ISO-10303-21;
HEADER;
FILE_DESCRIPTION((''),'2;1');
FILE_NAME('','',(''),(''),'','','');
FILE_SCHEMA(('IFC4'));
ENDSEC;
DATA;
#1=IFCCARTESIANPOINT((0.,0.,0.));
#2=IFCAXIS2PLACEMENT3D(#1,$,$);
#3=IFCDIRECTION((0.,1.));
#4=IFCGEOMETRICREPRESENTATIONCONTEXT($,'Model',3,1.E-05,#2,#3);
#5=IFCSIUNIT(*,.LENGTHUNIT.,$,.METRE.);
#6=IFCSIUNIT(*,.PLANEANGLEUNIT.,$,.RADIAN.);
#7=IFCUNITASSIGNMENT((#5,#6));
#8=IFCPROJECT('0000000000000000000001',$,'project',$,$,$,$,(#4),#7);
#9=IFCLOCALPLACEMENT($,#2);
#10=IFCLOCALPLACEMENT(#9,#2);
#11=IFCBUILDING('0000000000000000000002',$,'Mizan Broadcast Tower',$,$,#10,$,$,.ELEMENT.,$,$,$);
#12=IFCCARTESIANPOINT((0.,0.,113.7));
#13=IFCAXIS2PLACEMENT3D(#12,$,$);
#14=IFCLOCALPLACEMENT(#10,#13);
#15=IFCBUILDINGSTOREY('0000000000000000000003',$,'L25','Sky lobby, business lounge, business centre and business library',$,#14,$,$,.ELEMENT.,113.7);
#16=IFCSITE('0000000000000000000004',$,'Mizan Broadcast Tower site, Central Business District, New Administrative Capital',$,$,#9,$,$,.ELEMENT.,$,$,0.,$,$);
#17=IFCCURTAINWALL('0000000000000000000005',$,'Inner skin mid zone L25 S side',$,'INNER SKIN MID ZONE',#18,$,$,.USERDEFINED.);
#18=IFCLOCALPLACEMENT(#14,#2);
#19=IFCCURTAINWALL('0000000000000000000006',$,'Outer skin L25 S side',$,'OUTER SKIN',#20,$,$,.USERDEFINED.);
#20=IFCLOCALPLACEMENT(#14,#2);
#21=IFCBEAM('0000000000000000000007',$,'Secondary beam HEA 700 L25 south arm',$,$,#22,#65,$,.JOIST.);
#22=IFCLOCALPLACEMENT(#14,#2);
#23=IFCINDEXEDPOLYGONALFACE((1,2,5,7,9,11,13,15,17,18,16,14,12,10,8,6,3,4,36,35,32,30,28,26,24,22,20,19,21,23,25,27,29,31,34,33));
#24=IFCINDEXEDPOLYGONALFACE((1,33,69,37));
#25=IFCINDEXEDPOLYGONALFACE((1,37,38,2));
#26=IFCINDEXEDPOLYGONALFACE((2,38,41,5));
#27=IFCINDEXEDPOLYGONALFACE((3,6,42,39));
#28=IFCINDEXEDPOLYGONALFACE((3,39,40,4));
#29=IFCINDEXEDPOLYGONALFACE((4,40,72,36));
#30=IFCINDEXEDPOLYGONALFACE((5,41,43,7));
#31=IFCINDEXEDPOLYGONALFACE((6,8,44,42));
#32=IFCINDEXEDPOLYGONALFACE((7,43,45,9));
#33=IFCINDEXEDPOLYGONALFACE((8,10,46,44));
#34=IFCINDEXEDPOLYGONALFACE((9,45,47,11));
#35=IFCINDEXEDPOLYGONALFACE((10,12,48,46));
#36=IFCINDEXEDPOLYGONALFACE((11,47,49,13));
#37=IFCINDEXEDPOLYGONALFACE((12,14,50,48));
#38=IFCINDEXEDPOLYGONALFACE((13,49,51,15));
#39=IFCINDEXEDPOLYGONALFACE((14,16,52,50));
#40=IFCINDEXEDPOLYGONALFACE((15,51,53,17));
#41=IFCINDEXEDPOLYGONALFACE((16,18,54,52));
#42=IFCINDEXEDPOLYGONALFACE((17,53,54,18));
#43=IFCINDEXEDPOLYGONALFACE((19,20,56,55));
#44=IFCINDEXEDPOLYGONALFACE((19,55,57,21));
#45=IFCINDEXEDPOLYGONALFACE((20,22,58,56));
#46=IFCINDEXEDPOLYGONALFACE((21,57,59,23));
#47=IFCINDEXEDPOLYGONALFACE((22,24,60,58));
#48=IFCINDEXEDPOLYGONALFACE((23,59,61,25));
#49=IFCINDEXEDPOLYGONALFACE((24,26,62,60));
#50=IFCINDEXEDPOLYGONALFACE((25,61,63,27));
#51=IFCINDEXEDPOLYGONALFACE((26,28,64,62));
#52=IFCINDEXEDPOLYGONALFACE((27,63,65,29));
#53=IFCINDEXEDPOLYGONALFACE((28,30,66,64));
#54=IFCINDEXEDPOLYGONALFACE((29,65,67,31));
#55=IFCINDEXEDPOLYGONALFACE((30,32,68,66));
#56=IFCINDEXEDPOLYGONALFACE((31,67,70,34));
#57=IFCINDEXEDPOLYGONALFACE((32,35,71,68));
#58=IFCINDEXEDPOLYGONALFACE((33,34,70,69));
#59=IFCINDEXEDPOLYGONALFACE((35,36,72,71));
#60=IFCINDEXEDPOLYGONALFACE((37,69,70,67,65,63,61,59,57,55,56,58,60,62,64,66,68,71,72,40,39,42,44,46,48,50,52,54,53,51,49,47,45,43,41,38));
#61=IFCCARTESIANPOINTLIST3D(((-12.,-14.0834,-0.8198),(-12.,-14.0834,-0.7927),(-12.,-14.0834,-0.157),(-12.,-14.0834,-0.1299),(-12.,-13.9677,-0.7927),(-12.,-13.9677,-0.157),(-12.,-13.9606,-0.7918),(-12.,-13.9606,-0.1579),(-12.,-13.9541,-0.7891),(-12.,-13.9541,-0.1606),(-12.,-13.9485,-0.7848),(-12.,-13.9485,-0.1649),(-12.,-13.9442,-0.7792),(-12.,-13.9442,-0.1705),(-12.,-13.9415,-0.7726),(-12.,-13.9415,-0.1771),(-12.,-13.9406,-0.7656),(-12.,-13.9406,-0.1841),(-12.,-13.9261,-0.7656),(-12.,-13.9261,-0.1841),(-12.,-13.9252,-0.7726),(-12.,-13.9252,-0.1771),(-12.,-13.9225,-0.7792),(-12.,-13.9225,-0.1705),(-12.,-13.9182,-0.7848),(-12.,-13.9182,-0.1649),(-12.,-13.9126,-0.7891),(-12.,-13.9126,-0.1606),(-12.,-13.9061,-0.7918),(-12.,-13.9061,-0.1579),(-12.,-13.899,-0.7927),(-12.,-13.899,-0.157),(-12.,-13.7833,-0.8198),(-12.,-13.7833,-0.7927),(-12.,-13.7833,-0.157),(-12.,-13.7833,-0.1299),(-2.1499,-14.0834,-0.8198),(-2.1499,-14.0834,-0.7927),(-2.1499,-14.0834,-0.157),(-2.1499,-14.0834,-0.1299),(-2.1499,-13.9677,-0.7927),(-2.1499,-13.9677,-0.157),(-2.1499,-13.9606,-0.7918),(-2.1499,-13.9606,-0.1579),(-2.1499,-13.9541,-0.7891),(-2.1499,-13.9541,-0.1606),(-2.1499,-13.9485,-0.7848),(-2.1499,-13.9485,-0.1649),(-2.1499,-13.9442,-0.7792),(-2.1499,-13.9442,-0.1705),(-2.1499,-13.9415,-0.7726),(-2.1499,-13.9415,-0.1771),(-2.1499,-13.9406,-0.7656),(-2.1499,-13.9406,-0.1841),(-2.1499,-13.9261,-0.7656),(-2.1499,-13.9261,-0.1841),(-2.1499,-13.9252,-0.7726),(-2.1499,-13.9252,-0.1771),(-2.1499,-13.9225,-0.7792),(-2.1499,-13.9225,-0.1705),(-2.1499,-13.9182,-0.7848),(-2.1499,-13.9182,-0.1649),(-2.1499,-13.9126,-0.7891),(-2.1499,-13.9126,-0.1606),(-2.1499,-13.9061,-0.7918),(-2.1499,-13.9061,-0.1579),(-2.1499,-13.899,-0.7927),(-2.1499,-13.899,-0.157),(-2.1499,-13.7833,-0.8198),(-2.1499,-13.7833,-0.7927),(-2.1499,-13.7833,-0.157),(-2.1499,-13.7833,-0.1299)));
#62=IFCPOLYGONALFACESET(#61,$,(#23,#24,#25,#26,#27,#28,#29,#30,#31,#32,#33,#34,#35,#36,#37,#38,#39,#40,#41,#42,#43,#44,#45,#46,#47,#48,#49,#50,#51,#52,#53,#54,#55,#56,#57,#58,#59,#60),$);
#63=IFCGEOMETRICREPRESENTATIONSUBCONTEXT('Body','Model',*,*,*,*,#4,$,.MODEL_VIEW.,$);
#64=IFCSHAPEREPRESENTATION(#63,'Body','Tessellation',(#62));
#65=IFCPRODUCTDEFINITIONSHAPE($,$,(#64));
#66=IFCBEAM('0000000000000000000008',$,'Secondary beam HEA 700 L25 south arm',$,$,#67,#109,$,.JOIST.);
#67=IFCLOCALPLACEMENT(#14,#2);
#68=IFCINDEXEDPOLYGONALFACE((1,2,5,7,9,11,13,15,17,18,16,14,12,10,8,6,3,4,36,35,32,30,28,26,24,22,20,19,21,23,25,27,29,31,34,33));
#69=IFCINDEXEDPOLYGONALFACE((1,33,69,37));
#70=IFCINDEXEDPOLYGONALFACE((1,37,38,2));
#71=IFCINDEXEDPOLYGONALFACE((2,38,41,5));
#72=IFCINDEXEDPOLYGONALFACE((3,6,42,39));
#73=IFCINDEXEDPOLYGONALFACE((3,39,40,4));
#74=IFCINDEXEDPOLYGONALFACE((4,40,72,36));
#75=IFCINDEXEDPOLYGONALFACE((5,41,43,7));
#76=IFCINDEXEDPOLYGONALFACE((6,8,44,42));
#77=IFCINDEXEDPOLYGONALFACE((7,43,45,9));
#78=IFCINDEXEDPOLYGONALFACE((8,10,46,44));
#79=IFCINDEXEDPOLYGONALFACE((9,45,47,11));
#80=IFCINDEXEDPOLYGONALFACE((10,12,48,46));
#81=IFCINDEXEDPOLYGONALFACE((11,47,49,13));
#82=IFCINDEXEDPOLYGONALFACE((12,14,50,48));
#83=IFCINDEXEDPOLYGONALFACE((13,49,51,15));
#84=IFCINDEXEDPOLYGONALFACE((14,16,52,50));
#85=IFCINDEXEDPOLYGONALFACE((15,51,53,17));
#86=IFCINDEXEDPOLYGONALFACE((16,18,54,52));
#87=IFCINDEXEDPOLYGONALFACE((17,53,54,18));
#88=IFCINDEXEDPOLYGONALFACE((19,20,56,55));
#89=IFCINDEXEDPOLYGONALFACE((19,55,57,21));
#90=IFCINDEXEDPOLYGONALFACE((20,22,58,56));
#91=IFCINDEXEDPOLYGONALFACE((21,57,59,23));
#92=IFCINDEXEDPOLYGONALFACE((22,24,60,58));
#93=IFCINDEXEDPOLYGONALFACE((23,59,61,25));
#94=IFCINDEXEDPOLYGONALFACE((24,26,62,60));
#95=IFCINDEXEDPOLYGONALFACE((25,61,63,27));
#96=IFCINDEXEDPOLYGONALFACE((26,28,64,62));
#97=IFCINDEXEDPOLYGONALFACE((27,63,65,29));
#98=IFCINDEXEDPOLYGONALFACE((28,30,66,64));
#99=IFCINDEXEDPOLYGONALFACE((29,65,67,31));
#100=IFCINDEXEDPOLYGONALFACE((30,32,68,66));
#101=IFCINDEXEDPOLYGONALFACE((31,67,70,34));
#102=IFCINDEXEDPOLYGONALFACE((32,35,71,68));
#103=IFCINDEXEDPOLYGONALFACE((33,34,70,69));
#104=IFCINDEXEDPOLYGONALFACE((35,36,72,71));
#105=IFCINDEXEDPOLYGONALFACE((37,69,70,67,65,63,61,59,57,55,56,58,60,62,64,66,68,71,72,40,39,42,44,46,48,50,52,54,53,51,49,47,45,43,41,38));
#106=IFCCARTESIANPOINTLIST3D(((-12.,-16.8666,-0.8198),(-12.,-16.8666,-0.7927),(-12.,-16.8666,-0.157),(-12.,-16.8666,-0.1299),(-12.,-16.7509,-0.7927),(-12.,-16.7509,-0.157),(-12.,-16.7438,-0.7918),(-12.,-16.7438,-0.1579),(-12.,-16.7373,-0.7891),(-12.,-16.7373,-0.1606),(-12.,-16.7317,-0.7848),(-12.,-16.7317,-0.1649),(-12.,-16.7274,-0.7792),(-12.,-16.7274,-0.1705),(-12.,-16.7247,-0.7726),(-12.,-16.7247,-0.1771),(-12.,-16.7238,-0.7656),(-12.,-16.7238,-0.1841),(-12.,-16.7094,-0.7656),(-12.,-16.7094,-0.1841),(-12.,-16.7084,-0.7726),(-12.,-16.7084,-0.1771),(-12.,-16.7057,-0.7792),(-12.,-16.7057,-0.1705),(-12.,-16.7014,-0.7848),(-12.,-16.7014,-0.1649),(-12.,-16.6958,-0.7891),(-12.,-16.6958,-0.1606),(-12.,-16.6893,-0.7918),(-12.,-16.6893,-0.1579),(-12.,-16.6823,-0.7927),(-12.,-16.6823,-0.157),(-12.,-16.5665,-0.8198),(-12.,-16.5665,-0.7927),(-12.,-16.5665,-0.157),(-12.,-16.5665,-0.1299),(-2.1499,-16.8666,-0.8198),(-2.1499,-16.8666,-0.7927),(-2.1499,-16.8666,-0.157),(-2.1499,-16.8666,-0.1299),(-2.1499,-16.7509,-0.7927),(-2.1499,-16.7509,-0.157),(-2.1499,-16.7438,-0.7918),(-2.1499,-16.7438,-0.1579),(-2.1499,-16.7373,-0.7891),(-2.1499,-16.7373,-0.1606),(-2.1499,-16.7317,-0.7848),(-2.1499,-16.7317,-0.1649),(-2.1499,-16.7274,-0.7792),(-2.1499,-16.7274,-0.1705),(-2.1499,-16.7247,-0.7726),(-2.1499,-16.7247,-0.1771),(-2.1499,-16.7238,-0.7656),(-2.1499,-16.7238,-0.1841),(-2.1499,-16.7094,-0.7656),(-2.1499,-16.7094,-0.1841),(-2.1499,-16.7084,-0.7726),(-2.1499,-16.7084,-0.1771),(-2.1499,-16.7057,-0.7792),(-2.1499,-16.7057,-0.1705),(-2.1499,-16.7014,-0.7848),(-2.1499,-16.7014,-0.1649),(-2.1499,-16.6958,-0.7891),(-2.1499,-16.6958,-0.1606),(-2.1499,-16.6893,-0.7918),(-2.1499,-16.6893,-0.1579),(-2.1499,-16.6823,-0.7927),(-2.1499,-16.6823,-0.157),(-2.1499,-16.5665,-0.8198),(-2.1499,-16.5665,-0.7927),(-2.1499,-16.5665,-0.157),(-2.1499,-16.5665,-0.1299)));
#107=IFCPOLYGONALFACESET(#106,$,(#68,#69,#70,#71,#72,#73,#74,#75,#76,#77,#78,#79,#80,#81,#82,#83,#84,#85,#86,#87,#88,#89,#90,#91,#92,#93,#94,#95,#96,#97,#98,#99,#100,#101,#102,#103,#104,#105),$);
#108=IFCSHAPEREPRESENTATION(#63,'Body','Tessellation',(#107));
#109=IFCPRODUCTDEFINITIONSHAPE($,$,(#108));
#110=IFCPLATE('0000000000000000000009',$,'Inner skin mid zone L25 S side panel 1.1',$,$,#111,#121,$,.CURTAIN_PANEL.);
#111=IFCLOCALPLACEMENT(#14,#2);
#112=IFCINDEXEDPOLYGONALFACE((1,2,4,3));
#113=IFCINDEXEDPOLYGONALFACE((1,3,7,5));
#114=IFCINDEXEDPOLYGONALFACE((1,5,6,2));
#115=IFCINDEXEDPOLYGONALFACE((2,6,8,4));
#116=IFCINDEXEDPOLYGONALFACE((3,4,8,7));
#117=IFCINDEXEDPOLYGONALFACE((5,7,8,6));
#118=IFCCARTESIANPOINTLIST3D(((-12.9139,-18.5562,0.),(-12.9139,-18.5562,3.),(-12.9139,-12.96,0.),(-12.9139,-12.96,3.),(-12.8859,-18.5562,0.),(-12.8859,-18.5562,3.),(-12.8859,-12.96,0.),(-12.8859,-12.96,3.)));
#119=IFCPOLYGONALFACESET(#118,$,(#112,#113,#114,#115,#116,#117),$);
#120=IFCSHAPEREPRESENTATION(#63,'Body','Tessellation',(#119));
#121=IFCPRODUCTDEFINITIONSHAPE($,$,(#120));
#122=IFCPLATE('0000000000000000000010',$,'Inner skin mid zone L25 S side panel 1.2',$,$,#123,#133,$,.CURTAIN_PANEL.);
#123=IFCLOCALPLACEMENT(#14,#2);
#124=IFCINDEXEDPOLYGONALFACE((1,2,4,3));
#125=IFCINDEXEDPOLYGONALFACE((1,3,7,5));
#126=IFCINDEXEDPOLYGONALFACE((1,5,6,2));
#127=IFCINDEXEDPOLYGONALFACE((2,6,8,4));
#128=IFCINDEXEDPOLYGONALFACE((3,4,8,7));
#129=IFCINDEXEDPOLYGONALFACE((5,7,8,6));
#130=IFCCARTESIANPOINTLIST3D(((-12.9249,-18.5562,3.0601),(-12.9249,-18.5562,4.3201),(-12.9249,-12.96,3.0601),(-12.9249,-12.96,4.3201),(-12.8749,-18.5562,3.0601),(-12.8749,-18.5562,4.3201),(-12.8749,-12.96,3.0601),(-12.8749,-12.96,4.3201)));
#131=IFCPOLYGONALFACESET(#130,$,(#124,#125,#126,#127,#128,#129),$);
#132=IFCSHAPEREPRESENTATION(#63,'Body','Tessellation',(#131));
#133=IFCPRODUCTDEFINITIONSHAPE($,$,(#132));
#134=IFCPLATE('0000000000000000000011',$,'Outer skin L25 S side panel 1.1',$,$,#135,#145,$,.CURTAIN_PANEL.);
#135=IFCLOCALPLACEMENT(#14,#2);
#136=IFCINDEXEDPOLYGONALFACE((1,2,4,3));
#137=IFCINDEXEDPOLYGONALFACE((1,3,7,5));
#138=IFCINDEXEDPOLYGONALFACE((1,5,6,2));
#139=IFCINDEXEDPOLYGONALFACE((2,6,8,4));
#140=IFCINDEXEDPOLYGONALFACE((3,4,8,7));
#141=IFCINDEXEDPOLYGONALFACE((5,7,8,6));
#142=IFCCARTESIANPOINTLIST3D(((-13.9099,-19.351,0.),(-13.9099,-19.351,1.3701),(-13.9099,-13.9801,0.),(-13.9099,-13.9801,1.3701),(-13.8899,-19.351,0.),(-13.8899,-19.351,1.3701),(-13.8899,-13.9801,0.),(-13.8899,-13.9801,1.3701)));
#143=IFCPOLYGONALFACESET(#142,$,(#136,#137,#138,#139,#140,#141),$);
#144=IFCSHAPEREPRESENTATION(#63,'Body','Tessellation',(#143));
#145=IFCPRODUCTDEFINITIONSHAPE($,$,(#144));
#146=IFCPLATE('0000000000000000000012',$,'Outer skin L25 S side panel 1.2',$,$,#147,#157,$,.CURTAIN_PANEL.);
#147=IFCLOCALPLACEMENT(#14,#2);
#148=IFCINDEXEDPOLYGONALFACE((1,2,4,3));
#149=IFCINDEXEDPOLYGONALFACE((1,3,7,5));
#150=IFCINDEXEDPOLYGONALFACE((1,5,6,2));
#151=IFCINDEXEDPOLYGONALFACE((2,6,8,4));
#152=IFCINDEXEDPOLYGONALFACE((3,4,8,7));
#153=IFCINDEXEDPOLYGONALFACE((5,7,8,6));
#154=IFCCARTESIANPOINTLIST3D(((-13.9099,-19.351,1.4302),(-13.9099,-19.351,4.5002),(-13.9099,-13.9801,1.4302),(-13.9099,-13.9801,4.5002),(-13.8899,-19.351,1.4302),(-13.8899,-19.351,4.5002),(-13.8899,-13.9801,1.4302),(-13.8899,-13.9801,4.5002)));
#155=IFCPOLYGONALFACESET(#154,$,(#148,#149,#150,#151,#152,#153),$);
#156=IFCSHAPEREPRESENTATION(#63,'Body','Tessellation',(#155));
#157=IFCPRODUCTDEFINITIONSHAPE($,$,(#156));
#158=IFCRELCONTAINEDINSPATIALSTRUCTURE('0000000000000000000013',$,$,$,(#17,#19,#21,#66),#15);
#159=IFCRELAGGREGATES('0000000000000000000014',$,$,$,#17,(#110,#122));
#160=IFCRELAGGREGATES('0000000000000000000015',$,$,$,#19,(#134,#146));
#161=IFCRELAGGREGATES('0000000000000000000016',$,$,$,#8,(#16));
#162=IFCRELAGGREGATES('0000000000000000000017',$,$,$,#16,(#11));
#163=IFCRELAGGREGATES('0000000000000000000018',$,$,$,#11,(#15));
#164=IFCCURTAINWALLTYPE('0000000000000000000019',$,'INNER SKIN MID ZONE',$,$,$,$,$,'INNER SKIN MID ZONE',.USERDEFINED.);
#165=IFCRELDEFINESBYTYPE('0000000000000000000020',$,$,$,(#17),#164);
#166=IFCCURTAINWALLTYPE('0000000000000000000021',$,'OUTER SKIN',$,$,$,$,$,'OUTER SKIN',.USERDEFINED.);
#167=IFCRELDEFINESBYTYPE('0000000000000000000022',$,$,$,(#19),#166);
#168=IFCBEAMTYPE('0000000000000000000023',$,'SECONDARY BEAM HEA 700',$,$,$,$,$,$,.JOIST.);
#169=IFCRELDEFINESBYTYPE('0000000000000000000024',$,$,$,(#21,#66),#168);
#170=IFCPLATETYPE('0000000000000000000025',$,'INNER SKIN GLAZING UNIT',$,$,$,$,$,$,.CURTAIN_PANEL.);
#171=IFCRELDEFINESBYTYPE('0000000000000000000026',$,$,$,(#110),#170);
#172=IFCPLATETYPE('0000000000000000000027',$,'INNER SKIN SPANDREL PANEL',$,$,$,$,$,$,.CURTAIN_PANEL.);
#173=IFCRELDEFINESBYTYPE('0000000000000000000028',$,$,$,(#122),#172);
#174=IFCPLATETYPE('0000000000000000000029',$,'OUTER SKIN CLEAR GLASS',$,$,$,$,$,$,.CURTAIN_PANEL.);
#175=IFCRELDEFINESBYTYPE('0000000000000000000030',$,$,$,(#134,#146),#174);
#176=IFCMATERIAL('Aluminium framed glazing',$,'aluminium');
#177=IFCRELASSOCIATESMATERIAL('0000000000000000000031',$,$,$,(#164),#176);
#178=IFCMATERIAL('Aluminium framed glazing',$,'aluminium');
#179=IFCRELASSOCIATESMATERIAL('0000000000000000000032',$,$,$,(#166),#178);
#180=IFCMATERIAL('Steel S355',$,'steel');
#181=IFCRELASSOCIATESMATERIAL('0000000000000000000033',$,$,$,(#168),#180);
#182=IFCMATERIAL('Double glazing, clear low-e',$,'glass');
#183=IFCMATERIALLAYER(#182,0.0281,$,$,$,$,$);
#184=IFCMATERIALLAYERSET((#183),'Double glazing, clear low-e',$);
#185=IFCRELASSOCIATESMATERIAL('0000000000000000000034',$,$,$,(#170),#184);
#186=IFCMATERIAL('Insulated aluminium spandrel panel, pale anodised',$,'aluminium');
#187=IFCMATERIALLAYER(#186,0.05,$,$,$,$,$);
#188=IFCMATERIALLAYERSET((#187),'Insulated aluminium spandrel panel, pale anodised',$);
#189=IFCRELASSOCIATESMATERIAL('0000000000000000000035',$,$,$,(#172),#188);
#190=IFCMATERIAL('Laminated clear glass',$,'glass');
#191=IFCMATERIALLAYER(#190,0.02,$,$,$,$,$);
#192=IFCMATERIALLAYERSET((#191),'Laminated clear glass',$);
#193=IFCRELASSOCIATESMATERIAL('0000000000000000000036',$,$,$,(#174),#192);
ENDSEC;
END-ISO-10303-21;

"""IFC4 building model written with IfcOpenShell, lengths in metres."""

from ifc_helpers import new_model, si_unit, direction, frame, origin, origin_2d, place, context, subcontext, project, spatial, rectangle, i_section, extrude, material, layer, layer_set, material_profile, profile_set, type_object, element, aggregate, save


model = new_model("IFC4")

# Units and contexts
model_context = context("Model", 3, precision=1e-05, world=origin(), true_north=direction((0.0, 1.0)))
body_context = subcontext(model_context, "Body", "Model", "MODEL_VIEW")
ifc_project = project(units=[si_unit("LENGTHUNIT", "METRE"), si_unit("PLANEANGLEUNIT", "RADIAN")], contexts=[model_context])

# Site, building, storey
site_placement = place(None, origin())
site = spatial("IfcSite", under=ifc_project, at=site_placement, Name="Mizan Broadcast Tower site, Central Business District, New Administrative Capital", CompositionType="ELEMENT", RefElevation=0.0)
building_placement = place(site_placement, origin())
building = spatial("IfcBuilding", under=site, at=building_placement, Name="Mizan Broadcast Tower", CompositionType="ELEMENT")
storey_placement = place(building_placement, frame((0.0, 0.0, 113.7)))
storey = spatial("IfcBuildingStorey", under=building, at=storey_placement, Name="L25", Description="Sky lobby, business lounge, business centre and business library", CompositionType="ELEMENT", Elevation=113.7)

# Shared definitions
ifc_material_1 = material(Name="Aluminium framed glazing", Category="aluminium")
curtain_wall_type_1 = type_object("IfcCurtainWallType", Name="INNER SKIN MID ZONE", ElementType="INNER SKIN MID ZONE", PredefinedType="USERDEFINED", material=ifc_material_1)

# Curtain wall
curtain_wall_1_placement = place(storey_placement, origin())
curtain_wall_1 = element("IfcCurtainWall", 1, at=curtain_wall_1_placement, inside=storey, type_object=curtain_wall_type_1, Name="Inner skin mid zone L25 S side", ObjectType="INNER SKIN MID ZONE", PredefinedType="USERDEFINED")

# Curtain wall
ifc_material_2 = material(Name="Aluminium framed glazing", Category="aluminium")
curtain_wall_type_2 = type_object("IfcCurtainWallType", Name="OUTER SKIN", ElementType="OUTER SKIN", PredefinedType="USERDEFINED", material=ifc_material_2)
curtain_wall_2_placement = place(storey_placement, origin())
curtain_wall_2 = element("IfcCurtainWall", 2, at=curtain_wall_2_placement, inside=storey, type_object=curtain_wall_type_2, Name="Outer skin L25 S side", ObjectType="OUTER SKIN", PredefinedType="USERDEFINED")

# Beams
ifc_material_3 = material(Name="Steel S355", Category="steel")
ifc_material_profile_1 = material_profile(ifc_material_3, i_section(OverallWidth=0.3, OverallDepth=0.6899, WebThickness=0.0144, FlangeThickness=0.0271, FilletRadius=0.0271, at=origin_2d()), Name="HEA 700")
ifc_profile_set_1 = profile_set([ifc_material_profile_1], Name="Steel S355")
beam_type_1 = type_object("IfcBeamType", Name="SECONDARY BEAM HEA 700", PredefinedType="JOIST", material=ifc_profile_set_1)
for number, where, z_axis, x_axis, name in (
    (3, (-12.0, -13.9333, -0.4749), (1.0, 0.0, 0.0), (0.0, 1.0, 0.0), "Secondary beam HEA 700 L25 south arm"),
    (4, (-12.0, -16.7166, -0.4749), (1.0, 0.0, 0.0), (0.0, 1.0, 0.0), "Secondary beam HEA 700 L25 south arm"),
):
    element("IfcBeam", number, at=place(storey_placement, frame(where, z_axis=z_axis, x_axis=x_axis)), inside=storey, type_object=beam_type_1, Name=name, PredefinedType="JOIST", context=body_context, shape_type="SweptSolid", body=[
        extrude(i_section(OverallWidth=0.3, OverallDepth=0.6899, WebThickness=0.0144, FlangeThickness=0.0271, FilletRadius=0.0271, at=origin_2d()), origin(), (0.0, 0.0, 1.0), 9.8501),
    ])

# Plates
ifc_material_4 = material(Name="Double glazing, clear low-e", Category="glass")
ifc_layer_1 = layer(ifc_material_4, 0.0281)
ifc_layer_set_1 = layer_set([ifc_layer_1], Name="Double glazing, clear low-e")
plate_type_1 = type_object("IfcPlateType", Name="INNER SKIN GLAZING UNIT", PredefinedType="CURTAIN_PANEL", material=ifc_layer_set_1)
plate_1_placement = place(storey_placement, frame((-12.8999, -15.7581, 0.0), z_axis=(0.0, 0.0, 1.0), x_axis=(0.0, -1.0, 0.0)))
plate_1 = element("IfcPlate", 5, at=plate_1_placement, type_object=plate_type_1, Name="Inner skin mid zone L25 S side panel 1.1", PredefinedType="CURTAIN_PANEL", context=body_context, shape_type="SweptSolid", body=[
    extrude(rectangle(XDim=5.5962, YDim=0.0281, at=origin_2d()), origin(), (0.0, 0.0, 1.0), 3.0),
])
ifc_material_5 = material(Name="Insulated aluminium spandrel panel, pale anodised", Category="aluminium")
ifc_layer_2 = layer(ifc_material_5, 0.05)
ifc_layer_set_2 = layer_set([ifc_layer_2], Name="Insulated aluminium spandrel panel, pale anodised")
plate_type_2 = type_object("IfcPlateType", Name="INNER SKIN SPANDREL PANEL", PredefinedType="CURTAIN_PANEL", material=ifc_layer_set_2)
plate_2_placement = place(storey_placement, frame((-12.8999, -15.7581, 3.0601), z_axis=(0.0, 0.0, 1.0), x_axis=(0.0, -1.0, 0.0)))
plate_2 = element("IfcPlate", 6, at=plate_2_placement, type_object=plate_type_2, Name="Inner skin mid zone L25 S side panel 1.2", PredefinedType="CURTAIN_PANEL", context=body_context, shape_type="SweptSolid", body=[
    extrude(rectangle(XDim=5.5962, YDim=0.05, at=origin_2d()), origin(), (0.0, 0.0, 1.0), 1.26),
])
aggregate(curtain_wall_1, [plate_1, plate_2])
ifc_material_6 = material(Name="Laminated clear glass", Category="glass")
ifc_layer_3 = layer(ifc_material_6, 0.02)
ifc_layer_set_3 = layer_set([ifc_layer_3], Name="Laminated clear glass")
plate_type_3 = type_object("IfcPlateType", Name="OUTER SKIN CLEAR GLASS", PredefinedType="CURTAIN_PANEL", material=ifc_layer_set_3)
plate_3_placement = place(storey_placement, frame((-13.8999, -16.6655, 0.0), z_axis=(0.0, 0.0, 1.0), x_axis=(0.0, -1.0, 0.0)))
plate_3 = element("IfcPlate", 7, at=plate_3_placement, type_object=plate_type_3, Name="Outer skin L25 S side panel 1.1", PredefinedType="CURTAIN_PANEL", context=body_context, shape_type="SweptSolid", body=[
    extrude(rectangle(XDim=5.3708, YDim=0.02, at=origin_2d()), origin(), (0.0, 0.0, 1.0), 1.3701),
])
plate_4_placement = place(storey_placement, frame((-13.8999, -16.6655, 1.4302), z_axis=(0.0, 0.0, 1.0), x_axis=(0.0, -1.0, 0.0)))
plate_4 = element("IfcPlate", 8, at=plate_4_placement, type_object=plate_type_3, Name="Outer skin L25 S side panel 1.2", PredefinedType="CURTAIN_PANEL", context=body_context, shape_type="SweptSolid", body=[
    extrude(rectangle(XDim=5.3708, YDim=0.02, at=origin_2d()), origin(), (0.0, 0.0, 1.0), 3.0701),
])
aggregate(curtain_wall_2, [plate_3, plate_4])

save(model, "model.ifc")
